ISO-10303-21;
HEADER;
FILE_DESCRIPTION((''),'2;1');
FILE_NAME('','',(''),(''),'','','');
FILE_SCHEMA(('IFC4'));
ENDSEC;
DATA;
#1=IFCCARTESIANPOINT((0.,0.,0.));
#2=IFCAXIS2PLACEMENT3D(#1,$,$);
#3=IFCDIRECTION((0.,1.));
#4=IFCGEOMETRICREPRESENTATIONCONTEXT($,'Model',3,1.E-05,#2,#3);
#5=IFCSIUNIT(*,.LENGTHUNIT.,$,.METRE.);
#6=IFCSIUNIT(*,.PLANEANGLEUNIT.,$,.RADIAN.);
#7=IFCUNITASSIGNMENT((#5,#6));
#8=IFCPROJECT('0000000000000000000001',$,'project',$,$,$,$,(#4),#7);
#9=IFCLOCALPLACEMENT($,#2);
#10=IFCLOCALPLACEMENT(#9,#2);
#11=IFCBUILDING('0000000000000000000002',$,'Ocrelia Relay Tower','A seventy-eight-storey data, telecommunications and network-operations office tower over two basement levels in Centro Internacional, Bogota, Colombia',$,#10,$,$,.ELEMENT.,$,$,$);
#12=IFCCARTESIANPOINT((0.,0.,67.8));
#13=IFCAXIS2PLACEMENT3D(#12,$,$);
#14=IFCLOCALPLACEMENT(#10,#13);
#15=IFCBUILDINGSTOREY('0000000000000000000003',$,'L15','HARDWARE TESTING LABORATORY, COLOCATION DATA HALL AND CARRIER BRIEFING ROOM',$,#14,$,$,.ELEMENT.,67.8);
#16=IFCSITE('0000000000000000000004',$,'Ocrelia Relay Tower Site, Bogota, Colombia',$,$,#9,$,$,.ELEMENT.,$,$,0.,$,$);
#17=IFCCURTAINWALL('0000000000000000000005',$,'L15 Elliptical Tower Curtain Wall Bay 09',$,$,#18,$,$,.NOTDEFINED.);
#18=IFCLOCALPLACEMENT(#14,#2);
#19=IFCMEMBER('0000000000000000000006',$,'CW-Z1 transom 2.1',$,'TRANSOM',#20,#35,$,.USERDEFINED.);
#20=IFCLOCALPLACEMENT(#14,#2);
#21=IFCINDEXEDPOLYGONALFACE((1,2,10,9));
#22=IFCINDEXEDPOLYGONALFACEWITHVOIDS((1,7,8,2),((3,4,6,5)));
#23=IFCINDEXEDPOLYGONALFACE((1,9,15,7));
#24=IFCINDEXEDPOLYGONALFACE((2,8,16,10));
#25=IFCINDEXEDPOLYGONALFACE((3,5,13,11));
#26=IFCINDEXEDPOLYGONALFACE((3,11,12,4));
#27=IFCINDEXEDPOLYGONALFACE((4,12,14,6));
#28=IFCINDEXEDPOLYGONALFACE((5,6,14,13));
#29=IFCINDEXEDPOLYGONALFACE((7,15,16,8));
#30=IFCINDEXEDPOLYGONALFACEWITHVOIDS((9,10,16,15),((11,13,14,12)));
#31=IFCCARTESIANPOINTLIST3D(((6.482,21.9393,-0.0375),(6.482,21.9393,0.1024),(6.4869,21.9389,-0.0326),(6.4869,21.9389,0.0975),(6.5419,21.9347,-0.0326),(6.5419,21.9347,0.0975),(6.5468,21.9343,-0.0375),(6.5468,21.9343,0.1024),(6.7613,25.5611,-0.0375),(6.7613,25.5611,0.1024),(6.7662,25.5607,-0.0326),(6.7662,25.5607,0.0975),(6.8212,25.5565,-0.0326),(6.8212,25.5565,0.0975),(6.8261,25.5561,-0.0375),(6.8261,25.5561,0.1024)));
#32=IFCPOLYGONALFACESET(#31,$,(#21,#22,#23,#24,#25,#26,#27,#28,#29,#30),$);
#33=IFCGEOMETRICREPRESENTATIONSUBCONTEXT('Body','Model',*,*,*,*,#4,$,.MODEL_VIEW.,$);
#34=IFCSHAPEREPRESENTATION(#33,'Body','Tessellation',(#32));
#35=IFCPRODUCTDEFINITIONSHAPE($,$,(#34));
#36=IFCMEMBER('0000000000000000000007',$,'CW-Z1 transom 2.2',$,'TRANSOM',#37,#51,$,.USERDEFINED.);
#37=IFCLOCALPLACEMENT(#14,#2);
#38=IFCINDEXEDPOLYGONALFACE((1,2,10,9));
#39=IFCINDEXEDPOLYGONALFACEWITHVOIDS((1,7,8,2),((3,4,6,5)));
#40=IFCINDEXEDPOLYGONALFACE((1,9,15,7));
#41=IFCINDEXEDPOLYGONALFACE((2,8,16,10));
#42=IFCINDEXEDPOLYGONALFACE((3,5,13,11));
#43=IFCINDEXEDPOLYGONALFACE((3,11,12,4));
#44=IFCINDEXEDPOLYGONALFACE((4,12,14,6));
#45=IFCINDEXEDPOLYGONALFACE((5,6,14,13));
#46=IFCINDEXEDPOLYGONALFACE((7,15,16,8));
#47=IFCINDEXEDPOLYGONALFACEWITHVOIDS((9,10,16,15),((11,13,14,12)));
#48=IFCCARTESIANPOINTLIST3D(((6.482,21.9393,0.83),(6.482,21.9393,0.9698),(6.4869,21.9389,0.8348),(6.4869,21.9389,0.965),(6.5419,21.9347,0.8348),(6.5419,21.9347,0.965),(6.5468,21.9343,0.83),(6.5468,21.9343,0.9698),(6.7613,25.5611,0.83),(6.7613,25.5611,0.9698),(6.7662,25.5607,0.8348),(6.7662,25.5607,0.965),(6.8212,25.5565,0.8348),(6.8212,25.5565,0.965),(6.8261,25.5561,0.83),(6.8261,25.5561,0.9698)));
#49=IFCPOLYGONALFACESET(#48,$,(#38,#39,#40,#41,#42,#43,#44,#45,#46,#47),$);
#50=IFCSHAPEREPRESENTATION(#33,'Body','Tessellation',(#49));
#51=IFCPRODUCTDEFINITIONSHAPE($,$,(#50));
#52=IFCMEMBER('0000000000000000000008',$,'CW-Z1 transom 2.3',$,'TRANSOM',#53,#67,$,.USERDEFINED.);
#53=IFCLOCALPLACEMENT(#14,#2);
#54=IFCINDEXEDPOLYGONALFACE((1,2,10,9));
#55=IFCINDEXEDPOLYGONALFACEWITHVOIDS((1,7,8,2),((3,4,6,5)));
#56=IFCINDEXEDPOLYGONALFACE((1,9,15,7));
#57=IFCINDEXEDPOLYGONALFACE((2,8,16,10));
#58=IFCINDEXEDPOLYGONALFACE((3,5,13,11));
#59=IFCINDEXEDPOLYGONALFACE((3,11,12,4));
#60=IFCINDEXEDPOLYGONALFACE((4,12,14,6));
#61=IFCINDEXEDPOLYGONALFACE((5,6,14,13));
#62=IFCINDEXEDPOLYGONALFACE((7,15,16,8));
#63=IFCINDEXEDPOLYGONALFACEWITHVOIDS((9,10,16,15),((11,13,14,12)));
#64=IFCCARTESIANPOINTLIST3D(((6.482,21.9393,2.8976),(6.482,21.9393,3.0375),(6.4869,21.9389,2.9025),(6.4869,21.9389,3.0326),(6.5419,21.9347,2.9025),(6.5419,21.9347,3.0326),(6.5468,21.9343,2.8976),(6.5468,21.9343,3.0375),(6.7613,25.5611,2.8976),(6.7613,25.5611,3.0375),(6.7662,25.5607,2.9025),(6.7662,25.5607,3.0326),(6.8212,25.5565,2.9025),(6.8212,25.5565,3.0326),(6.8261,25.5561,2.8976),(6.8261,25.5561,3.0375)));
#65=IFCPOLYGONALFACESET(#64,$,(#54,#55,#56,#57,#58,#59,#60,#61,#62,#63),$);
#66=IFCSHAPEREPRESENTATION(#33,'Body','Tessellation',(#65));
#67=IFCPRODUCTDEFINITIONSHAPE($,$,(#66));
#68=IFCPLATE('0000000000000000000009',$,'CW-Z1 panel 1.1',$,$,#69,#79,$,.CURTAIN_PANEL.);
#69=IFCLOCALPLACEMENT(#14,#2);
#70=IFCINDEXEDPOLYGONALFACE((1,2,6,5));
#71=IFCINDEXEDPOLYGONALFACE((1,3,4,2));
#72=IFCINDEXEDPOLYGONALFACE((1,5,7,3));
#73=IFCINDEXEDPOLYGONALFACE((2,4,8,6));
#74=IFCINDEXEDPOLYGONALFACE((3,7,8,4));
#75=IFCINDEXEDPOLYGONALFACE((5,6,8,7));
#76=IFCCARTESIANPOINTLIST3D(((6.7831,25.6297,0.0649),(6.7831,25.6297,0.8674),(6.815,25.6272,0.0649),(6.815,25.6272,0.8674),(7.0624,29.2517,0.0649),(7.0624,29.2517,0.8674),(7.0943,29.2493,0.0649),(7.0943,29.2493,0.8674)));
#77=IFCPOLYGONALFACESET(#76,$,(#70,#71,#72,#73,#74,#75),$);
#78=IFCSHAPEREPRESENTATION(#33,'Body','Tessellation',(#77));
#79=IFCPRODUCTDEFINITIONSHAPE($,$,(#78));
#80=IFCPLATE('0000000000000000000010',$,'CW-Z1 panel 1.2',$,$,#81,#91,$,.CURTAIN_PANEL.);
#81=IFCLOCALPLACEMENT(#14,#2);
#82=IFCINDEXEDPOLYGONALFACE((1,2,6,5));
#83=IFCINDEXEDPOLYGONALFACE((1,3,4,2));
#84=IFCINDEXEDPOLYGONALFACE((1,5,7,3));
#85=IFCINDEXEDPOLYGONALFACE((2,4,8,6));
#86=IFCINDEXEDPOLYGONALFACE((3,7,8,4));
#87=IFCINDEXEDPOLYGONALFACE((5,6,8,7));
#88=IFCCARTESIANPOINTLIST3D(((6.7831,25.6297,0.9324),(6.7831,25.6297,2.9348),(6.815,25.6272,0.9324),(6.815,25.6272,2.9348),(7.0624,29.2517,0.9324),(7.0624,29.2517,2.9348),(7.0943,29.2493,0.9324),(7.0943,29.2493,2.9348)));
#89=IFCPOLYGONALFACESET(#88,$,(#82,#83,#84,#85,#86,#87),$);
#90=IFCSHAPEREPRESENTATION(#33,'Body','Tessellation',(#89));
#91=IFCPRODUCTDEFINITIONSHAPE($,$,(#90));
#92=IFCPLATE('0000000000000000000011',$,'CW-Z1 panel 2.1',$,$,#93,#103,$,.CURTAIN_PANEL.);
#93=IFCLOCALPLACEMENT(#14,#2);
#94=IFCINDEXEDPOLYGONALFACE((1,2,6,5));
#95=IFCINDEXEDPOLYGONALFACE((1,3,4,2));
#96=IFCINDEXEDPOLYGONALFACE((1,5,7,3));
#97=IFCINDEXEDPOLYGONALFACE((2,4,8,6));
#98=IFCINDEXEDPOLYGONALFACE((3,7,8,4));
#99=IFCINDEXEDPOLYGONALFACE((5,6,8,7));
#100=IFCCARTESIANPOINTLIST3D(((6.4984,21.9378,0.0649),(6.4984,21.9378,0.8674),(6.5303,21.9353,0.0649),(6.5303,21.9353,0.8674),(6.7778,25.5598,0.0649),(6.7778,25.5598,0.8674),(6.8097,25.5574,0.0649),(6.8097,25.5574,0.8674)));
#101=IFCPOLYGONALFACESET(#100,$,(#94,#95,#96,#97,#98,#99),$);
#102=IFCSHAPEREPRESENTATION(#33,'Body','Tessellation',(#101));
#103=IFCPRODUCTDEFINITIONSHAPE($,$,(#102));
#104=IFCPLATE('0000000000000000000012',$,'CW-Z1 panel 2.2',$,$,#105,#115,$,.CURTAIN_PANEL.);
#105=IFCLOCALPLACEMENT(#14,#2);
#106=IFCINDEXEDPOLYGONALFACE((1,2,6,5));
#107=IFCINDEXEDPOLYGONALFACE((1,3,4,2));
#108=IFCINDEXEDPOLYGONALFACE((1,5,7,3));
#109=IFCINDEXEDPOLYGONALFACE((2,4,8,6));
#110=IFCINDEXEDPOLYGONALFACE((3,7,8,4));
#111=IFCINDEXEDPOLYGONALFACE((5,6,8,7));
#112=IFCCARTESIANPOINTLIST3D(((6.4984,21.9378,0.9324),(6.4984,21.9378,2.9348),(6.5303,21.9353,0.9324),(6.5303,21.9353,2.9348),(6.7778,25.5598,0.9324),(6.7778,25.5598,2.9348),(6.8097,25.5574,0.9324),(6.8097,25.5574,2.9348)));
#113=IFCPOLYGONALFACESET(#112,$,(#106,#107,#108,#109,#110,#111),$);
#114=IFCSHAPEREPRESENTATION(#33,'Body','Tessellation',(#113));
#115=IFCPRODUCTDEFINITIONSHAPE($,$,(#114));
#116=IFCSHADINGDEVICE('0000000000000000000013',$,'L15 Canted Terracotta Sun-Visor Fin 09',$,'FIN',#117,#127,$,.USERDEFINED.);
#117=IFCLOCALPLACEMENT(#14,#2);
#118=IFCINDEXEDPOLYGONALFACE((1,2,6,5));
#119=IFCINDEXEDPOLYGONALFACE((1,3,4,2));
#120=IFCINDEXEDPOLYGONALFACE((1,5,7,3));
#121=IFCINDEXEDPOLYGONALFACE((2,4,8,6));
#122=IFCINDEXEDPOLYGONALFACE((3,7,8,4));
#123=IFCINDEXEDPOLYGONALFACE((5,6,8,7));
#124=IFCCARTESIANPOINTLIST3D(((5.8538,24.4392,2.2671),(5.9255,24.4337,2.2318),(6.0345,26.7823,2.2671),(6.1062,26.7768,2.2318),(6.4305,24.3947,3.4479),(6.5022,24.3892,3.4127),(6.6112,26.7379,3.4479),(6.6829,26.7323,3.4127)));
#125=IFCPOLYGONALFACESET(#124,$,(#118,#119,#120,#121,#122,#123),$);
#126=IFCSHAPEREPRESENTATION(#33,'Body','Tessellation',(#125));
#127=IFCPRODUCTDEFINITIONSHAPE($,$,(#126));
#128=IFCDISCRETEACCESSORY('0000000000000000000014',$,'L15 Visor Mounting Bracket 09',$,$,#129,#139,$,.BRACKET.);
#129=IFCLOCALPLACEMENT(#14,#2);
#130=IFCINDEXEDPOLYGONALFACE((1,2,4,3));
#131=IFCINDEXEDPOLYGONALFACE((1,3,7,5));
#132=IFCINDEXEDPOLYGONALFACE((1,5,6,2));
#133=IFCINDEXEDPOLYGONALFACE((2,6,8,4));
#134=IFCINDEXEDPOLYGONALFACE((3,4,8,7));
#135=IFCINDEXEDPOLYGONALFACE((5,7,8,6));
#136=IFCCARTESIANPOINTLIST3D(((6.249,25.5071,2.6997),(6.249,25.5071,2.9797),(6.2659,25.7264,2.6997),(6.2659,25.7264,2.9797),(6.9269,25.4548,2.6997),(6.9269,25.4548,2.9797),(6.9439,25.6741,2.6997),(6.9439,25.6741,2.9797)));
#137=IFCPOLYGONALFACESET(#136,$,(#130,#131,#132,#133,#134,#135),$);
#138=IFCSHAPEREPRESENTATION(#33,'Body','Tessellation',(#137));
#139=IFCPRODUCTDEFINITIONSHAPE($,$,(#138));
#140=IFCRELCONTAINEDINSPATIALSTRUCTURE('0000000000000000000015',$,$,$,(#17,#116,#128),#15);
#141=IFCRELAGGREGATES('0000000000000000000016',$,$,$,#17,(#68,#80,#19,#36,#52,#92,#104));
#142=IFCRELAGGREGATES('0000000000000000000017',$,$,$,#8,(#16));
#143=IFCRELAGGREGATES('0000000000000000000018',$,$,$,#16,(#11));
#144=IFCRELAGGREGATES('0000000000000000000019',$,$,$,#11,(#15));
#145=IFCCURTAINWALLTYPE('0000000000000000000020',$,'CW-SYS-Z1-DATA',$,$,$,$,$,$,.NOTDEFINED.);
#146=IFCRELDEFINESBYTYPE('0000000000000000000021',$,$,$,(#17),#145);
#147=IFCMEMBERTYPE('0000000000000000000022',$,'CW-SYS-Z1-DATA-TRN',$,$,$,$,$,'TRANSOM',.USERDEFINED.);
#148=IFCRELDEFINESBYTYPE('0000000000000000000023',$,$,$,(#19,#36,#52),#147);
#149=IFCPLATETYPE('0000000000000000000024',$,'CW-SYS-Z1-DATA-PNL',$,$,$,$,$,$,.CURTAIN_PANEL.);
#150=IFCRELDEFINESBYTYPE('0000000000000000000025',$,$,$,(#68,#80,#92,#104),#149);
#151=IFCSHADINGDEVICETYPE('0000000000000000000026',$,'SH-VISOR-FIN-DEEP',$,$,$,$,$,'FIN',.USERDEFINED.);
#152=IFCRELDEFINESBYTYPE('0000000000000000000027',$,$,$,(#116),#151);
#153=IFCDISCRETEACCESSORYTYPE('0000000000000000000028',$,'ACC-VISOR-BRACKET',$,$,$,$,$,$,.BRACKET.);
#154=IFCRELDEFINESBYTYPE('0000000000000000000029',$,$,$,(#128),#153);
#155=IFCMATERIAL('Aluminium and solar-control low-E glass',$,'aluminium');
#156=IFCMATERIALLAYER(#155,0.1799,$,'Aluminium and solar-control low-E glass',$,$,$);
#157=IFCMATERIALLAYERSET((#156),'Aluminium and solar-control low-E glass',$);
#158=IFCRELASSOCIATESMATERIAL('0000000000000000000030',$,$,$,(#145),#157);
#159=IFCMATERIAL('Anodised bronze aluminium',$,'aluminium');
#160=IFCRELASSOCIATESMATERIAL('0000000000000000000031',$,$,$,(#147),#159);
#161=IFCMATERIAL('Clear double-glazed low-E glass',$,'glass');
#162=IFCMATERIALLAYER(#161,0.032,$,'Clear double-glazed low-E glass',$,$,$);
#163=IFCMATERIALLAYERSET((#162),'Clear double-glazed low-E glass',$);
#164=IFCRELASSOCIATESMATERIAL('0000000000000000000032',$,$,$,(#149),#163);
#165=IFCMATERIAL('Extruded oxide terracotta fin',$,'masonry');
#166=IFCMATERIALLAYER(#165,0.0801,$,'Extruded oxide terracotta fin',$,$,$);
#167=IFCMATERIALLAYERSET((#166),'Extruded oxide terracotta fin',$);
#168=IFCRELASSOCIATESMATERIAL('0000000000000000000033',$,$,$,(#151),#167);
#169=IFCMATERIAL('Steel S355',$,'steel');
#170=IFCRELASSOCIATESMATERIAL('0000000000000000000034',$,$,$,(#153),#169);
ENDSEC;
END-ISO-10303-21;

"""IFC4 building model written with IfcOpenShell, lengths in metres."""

from ifc_helpers import new_model, si_unit, direction, frame, origin, origin_2d, place, context, subcontext, project, spatial, rectangle, hollow_rectangle, extrude, material, layer, layer_set, material_profile, profile_set, type_object, element, aggregate, save


model = new_model("IFC4")

# Units and contexts
model_context = context("Model", 3, precision=1e-05, world=origin(), true_north=direction((0.0, 1.0)))
body_context = subcontext(model_context, "Body", "Model", "MODEL_VIEW")
ifc_project = project(units=[si_unit("LENGTHUNIT", "METRE"), si_unit("PLANEANGLEUNIT", "RADIAN")], contexts=[model_context])

# Site, building, storey
site_placement = place(None, origin())
site = spatial("IfcSite", under=ifc_project, at=site_placement, Name="Ocrelia Relay Tower Site, Bogota, Colombia", CompositionType="ELEMENT", RefElevation=0.0)
building_placement = place(site_placement, origin())
building = spatial("IfcBuilding", under=site, at=building_placement, Name="Ocrelia Relay Tower", Description="A seventy-eight-storey data, telecommunications and network-operations office tower over two basement levels in Centro Internacional, Bogota, Colombia", CompositionType="ELEMENT")
storey_placement = place(building_placement, frame((0.0, 0.0, 67.8)))
storey = spatial("IfcBuildingStorey", under=building, at=storey_placement, Name="L15", Description="HARDWARE TESTING LABORATORY, COLOCATION DATA HALL AND CARRIER BRIEFING ROOM", CompositionType="ELEMENT", Elevation=67.8)

# Shared definitions
ifc_material_1 = material(Name="Steel S355", Category="steel")

# Curtain wall, members, plates
ifc_material_2 = material(Name="Aluminium and solar-control low-E glass", Category="aluminium")
ifc_layer_1 = layer(ifc_material_2, 0.1799, Name="Aluminium and solar-control low-E glass")
ifc_layer_set_1 = layer_set([ifc_layer_1], Name="Aluminium and solar-control low-E glass")
curtain_wall_type = type_object("IfcCurtainWallType", Name="CW-SYS-Z1-DATA", PredefinedType="NOTDEFINED", material=ifc_layer_set_1)
curtain_wall_placement = place(storey_placement, origin())
curtain_wall = element("IfcCurtainWall", 1, at=curtain_wall_placement, inside=storey, type_object=curtain_wall_type, Name="L15 Elliptical Tower Curtain Wall Bay 09", PredefinedType="NOTDEFINED")
ifc_material_3 = material(Name="Anodised bronze aluminium", Category="aluminium")
ifc_material_profile_1 = material_profile(ifc_material_3, hollow_rectangle(XDim=0.0649, YDim=0.1399, WallThickness=0.0049, at=origin_2d()), Name="CW-TRN-140x65")
ifc_profile_set_1 = profile_set([ifc_material_profile_1], Name="Anodised bronze aluminium")
member_type_1 = type_object("IfcMemberType", Name="CW-SYS-Z1-DATA-TRN", ElementType="TRANSOM", PredefinedType="USERDEFINED", material=ifc_profile_set_1)
member_1_placement = place(storey_placement, frame((6.7937, 25.5586, 0.0325), z_axis=(-0.076887, -0.99704, 0.0), x_axis=(0.99704, -0.076887, 0.0)))
member_1 = element("IfcMember", 2, at=member_1_placement, type_object=member_type_1, Name="CW-Z1 transom 2.1", ObjectType="TRANSOM", PredefinedType="USERDEFINED", context=body_context, shape_type="SweptSolid", body=[
    extrude(hollow_rectangle(XDim=0.0649, YDim=0.1399, WallThickness=0.0049, at=origin_2d()), origin(), (0.0, 0.0, 1.0), 3.6326),
])
member_2_placement = place(storey_placement, frame((6.7937, 25.5586, 0.8999), z_axis=(-0.076887, -0.99704, 0.0), x_axis=(0.99704, -0.076887, 0.0)))
member_2 = element("IfcMember", 3, at=member_2_placement, type_object=member_type_1, Name="CW-Z1 transom 2.2", ObjectType="TRANSOM", PredefinedType="USERDEFINED", context=body_context, shape_type="SweptSolid", body=[
    extrude(hollow_rectangle(XDim=0.0649, YDim=0.1399, WallThickness=0.0049, at=origin_2d()), origin(), (0.0, 0.0, 1.0), 3.6326),
])
member_3_placement = place(storey_placement, frame((6.7937, 25.5586, 2.9675), z_axis=(-0.076887, -0.99704, 0.0), x_axis=(0.99704, -0.076887, 0.0)))
member_3 = element("IfcMember", 4, at=member_3_placement, type_object=member_type_1, Name="CW-Z1 transom 2.3", ObjectType="TRANSOM", PredefinedType="USERDEFINED", context=body_context, shape_type="SweptSolid", body=[
    extrude(hollow_rectangle(XDim=0.0649, YDim=0.1399, WallThickness=0.0049, at=origin_2d()), origin(), (0.0, 0.0, 1.0), 3.6326),
])
ifc_material_4 = material(Name="Clear double-glazed low-E glass", Category="glass")
ifc_layer_2 = layer(ifc_material_4, 0.032, Name="Clear double-glazed low-E glass")
ifc_layer_set_2 = layer_set([ifc_layer_2], Name="Clear double-glazed low-E glass")
plate_type = type_object("IfcPlateType", Name="CW-SYS-Z1-DATA-PNL", PredefinedType="CURTAIN_PANEL", material=ifc_layer_set_2)
plate_1_placement = place(storey_placement, frame((6.9387, 27.4395, 0.0649), z_axis=(0.0, 0.0, 1.0), x_axis=(-0.076892, -0.997039, 0.0)))
plate_1 = element("IfcPlate", 5, at=plate_1_placement, type_object=plate_type, Name="CW-Z1 panel 1.1", PredefinedType="CURTAIN_PANEL", context=body_context, shape_type="SweptSolid", body=[
    extrude(rectangle(XDim=3.6328, YDim=0.032, at=origin_2d()), origin(), (0.0, 0.0, 1.0), 0.8025),
])
plate_2_placement = place(storey_placement, frame((6.9387, 27.4395, 0.9324), z_axis=(0.0, 0.0, 1.0), x_axis=(-0.076892, -0.997039, 0.0)))
plate_2 = element("IfcPlate", 6, at=plate_2_placement, type_object=plate_type, Name="CW-Z1 panel 1.2", PredefinedType="CURTAIN_PANEL", context=body_context, shape_type="SweptSolid", body=[
    extrude(rectangle(XDim=3.6328, YDim=0.032, at=origin_2d()), origin(), (0.0, 0.0, 1.0), 2.0024),
])
plate_3_placement = place(storey_placement, frame((6.6541, 23.7476, 0.0649), z_axis=(0.0, 0.0, 1.0), x_axis=(-0.076892, -0.997039, 0.0)))
plate_3 = element("IfcPlate", 7, at=plate_3_placement, type_object=plate_type, Name="CW-Z1 panel 2.1", PredefinedType="CURTAIN_PANEL", context=body_context, shape_type="SweptSolid", body=[
    extrude(rectangle(XDim=3.6328, YDim=0.032, at=origin_2d()), origin(), (0.0, 0.0, 1.0), 0.8025),
])
plate_4_placement = place(storey_placement, frame((6.6541, 23.7476, 0.9324), z_axis=(0.0, 0.0, 1.0), x_axis=(-0.076892, -0.997039, 0.0)))
plate_4 = element("IfcPlate", 8, at=plate_4_placement, type_object=plate_type, Name="CW-Z1 panel 2.2", PredefinedType="CURTAIN_PANEL", context=body_context, shape_type="SweptSolid", body=[
    extrude(rectangle(XDim=3.6328, YDim=0.032, at=origin_2d()), origin(), (0.0, 0.0, 1.0), 2.0024),
])
aggregate(curtain_wall, [plate_1, plate_2, member_1, member_2, member_3, plate_3, plate_4])

# Shading device
ifc_material_5 = material(Name="Extruded oxide terracotta fin", Category="masonry")
ifc_layer_3 = layer(ifc_material_5, 0.0801, Name="Extruded oxide terracotta fin")
ifc_layer_set_3 = layer_set([ifc_layer_3], Name="Extruded oxide terracotta fin")
shading_device_type = type_object("IfcShadingDeviceType", Name="SH-VISOR-FIN-DEEP", ElementType="FIN", PredefinedType="USERDEFINED", material=ifc_layer_set_3)
shading_device_placement = place(storey_placement, frame((6.3042, 25.583, 2.8223), z_axis=(-0.895369, 0.069051, 0.439939), x_axis=(-0.076892, -0.997039, 0.0)))
element("IfcShadingDevice", 9, at=shading_device_placement, inside=storey, type_object=shading_device_type, Name="L15 Canted Terracotta Sun-Visor Fin 09", ObjectType="FIN", PredefinedType="USERDEFINED", context=body_context, shape_type="SweptSolid", body=[
    extrude(rectangle(XDim=2.3501, YDim=1.3149, at=origin_2d()), origin(), (0.0, 0.0, 1.0), 0.0801),
])

# Discrete accessory
discrete_accessory_type = type_object("IfcDiscreteAccessoryType", Name="ACC-VISOR-BRACKET", PredefinedType="BRACKET", material=ifc_material_1)
discrete_accessory_placement = place(storey_placement, frame((6.5964, 25.5906, 2.6997), z_axis=(0.0, 0.0, 1.0), x_axis=(-0.076892, -0.997039, 0.0)))
element("IfcDiscreteAccessory", 10, at=discrete_accessory_placement, inside=storey, type_object=discrete_accessory_type, Name="L15 Visor Mounting Bracket 09", PredefinedType="BRACKET", context=body_context, shape_type="SweptSolid", body=[
    extrude(rectangle(XDim=0.22, YDim=0.6799, at=origin_2d()), origin(), (0.0, 0.0, 1.0), 0.28),
])

save(model, "model.ifc")
